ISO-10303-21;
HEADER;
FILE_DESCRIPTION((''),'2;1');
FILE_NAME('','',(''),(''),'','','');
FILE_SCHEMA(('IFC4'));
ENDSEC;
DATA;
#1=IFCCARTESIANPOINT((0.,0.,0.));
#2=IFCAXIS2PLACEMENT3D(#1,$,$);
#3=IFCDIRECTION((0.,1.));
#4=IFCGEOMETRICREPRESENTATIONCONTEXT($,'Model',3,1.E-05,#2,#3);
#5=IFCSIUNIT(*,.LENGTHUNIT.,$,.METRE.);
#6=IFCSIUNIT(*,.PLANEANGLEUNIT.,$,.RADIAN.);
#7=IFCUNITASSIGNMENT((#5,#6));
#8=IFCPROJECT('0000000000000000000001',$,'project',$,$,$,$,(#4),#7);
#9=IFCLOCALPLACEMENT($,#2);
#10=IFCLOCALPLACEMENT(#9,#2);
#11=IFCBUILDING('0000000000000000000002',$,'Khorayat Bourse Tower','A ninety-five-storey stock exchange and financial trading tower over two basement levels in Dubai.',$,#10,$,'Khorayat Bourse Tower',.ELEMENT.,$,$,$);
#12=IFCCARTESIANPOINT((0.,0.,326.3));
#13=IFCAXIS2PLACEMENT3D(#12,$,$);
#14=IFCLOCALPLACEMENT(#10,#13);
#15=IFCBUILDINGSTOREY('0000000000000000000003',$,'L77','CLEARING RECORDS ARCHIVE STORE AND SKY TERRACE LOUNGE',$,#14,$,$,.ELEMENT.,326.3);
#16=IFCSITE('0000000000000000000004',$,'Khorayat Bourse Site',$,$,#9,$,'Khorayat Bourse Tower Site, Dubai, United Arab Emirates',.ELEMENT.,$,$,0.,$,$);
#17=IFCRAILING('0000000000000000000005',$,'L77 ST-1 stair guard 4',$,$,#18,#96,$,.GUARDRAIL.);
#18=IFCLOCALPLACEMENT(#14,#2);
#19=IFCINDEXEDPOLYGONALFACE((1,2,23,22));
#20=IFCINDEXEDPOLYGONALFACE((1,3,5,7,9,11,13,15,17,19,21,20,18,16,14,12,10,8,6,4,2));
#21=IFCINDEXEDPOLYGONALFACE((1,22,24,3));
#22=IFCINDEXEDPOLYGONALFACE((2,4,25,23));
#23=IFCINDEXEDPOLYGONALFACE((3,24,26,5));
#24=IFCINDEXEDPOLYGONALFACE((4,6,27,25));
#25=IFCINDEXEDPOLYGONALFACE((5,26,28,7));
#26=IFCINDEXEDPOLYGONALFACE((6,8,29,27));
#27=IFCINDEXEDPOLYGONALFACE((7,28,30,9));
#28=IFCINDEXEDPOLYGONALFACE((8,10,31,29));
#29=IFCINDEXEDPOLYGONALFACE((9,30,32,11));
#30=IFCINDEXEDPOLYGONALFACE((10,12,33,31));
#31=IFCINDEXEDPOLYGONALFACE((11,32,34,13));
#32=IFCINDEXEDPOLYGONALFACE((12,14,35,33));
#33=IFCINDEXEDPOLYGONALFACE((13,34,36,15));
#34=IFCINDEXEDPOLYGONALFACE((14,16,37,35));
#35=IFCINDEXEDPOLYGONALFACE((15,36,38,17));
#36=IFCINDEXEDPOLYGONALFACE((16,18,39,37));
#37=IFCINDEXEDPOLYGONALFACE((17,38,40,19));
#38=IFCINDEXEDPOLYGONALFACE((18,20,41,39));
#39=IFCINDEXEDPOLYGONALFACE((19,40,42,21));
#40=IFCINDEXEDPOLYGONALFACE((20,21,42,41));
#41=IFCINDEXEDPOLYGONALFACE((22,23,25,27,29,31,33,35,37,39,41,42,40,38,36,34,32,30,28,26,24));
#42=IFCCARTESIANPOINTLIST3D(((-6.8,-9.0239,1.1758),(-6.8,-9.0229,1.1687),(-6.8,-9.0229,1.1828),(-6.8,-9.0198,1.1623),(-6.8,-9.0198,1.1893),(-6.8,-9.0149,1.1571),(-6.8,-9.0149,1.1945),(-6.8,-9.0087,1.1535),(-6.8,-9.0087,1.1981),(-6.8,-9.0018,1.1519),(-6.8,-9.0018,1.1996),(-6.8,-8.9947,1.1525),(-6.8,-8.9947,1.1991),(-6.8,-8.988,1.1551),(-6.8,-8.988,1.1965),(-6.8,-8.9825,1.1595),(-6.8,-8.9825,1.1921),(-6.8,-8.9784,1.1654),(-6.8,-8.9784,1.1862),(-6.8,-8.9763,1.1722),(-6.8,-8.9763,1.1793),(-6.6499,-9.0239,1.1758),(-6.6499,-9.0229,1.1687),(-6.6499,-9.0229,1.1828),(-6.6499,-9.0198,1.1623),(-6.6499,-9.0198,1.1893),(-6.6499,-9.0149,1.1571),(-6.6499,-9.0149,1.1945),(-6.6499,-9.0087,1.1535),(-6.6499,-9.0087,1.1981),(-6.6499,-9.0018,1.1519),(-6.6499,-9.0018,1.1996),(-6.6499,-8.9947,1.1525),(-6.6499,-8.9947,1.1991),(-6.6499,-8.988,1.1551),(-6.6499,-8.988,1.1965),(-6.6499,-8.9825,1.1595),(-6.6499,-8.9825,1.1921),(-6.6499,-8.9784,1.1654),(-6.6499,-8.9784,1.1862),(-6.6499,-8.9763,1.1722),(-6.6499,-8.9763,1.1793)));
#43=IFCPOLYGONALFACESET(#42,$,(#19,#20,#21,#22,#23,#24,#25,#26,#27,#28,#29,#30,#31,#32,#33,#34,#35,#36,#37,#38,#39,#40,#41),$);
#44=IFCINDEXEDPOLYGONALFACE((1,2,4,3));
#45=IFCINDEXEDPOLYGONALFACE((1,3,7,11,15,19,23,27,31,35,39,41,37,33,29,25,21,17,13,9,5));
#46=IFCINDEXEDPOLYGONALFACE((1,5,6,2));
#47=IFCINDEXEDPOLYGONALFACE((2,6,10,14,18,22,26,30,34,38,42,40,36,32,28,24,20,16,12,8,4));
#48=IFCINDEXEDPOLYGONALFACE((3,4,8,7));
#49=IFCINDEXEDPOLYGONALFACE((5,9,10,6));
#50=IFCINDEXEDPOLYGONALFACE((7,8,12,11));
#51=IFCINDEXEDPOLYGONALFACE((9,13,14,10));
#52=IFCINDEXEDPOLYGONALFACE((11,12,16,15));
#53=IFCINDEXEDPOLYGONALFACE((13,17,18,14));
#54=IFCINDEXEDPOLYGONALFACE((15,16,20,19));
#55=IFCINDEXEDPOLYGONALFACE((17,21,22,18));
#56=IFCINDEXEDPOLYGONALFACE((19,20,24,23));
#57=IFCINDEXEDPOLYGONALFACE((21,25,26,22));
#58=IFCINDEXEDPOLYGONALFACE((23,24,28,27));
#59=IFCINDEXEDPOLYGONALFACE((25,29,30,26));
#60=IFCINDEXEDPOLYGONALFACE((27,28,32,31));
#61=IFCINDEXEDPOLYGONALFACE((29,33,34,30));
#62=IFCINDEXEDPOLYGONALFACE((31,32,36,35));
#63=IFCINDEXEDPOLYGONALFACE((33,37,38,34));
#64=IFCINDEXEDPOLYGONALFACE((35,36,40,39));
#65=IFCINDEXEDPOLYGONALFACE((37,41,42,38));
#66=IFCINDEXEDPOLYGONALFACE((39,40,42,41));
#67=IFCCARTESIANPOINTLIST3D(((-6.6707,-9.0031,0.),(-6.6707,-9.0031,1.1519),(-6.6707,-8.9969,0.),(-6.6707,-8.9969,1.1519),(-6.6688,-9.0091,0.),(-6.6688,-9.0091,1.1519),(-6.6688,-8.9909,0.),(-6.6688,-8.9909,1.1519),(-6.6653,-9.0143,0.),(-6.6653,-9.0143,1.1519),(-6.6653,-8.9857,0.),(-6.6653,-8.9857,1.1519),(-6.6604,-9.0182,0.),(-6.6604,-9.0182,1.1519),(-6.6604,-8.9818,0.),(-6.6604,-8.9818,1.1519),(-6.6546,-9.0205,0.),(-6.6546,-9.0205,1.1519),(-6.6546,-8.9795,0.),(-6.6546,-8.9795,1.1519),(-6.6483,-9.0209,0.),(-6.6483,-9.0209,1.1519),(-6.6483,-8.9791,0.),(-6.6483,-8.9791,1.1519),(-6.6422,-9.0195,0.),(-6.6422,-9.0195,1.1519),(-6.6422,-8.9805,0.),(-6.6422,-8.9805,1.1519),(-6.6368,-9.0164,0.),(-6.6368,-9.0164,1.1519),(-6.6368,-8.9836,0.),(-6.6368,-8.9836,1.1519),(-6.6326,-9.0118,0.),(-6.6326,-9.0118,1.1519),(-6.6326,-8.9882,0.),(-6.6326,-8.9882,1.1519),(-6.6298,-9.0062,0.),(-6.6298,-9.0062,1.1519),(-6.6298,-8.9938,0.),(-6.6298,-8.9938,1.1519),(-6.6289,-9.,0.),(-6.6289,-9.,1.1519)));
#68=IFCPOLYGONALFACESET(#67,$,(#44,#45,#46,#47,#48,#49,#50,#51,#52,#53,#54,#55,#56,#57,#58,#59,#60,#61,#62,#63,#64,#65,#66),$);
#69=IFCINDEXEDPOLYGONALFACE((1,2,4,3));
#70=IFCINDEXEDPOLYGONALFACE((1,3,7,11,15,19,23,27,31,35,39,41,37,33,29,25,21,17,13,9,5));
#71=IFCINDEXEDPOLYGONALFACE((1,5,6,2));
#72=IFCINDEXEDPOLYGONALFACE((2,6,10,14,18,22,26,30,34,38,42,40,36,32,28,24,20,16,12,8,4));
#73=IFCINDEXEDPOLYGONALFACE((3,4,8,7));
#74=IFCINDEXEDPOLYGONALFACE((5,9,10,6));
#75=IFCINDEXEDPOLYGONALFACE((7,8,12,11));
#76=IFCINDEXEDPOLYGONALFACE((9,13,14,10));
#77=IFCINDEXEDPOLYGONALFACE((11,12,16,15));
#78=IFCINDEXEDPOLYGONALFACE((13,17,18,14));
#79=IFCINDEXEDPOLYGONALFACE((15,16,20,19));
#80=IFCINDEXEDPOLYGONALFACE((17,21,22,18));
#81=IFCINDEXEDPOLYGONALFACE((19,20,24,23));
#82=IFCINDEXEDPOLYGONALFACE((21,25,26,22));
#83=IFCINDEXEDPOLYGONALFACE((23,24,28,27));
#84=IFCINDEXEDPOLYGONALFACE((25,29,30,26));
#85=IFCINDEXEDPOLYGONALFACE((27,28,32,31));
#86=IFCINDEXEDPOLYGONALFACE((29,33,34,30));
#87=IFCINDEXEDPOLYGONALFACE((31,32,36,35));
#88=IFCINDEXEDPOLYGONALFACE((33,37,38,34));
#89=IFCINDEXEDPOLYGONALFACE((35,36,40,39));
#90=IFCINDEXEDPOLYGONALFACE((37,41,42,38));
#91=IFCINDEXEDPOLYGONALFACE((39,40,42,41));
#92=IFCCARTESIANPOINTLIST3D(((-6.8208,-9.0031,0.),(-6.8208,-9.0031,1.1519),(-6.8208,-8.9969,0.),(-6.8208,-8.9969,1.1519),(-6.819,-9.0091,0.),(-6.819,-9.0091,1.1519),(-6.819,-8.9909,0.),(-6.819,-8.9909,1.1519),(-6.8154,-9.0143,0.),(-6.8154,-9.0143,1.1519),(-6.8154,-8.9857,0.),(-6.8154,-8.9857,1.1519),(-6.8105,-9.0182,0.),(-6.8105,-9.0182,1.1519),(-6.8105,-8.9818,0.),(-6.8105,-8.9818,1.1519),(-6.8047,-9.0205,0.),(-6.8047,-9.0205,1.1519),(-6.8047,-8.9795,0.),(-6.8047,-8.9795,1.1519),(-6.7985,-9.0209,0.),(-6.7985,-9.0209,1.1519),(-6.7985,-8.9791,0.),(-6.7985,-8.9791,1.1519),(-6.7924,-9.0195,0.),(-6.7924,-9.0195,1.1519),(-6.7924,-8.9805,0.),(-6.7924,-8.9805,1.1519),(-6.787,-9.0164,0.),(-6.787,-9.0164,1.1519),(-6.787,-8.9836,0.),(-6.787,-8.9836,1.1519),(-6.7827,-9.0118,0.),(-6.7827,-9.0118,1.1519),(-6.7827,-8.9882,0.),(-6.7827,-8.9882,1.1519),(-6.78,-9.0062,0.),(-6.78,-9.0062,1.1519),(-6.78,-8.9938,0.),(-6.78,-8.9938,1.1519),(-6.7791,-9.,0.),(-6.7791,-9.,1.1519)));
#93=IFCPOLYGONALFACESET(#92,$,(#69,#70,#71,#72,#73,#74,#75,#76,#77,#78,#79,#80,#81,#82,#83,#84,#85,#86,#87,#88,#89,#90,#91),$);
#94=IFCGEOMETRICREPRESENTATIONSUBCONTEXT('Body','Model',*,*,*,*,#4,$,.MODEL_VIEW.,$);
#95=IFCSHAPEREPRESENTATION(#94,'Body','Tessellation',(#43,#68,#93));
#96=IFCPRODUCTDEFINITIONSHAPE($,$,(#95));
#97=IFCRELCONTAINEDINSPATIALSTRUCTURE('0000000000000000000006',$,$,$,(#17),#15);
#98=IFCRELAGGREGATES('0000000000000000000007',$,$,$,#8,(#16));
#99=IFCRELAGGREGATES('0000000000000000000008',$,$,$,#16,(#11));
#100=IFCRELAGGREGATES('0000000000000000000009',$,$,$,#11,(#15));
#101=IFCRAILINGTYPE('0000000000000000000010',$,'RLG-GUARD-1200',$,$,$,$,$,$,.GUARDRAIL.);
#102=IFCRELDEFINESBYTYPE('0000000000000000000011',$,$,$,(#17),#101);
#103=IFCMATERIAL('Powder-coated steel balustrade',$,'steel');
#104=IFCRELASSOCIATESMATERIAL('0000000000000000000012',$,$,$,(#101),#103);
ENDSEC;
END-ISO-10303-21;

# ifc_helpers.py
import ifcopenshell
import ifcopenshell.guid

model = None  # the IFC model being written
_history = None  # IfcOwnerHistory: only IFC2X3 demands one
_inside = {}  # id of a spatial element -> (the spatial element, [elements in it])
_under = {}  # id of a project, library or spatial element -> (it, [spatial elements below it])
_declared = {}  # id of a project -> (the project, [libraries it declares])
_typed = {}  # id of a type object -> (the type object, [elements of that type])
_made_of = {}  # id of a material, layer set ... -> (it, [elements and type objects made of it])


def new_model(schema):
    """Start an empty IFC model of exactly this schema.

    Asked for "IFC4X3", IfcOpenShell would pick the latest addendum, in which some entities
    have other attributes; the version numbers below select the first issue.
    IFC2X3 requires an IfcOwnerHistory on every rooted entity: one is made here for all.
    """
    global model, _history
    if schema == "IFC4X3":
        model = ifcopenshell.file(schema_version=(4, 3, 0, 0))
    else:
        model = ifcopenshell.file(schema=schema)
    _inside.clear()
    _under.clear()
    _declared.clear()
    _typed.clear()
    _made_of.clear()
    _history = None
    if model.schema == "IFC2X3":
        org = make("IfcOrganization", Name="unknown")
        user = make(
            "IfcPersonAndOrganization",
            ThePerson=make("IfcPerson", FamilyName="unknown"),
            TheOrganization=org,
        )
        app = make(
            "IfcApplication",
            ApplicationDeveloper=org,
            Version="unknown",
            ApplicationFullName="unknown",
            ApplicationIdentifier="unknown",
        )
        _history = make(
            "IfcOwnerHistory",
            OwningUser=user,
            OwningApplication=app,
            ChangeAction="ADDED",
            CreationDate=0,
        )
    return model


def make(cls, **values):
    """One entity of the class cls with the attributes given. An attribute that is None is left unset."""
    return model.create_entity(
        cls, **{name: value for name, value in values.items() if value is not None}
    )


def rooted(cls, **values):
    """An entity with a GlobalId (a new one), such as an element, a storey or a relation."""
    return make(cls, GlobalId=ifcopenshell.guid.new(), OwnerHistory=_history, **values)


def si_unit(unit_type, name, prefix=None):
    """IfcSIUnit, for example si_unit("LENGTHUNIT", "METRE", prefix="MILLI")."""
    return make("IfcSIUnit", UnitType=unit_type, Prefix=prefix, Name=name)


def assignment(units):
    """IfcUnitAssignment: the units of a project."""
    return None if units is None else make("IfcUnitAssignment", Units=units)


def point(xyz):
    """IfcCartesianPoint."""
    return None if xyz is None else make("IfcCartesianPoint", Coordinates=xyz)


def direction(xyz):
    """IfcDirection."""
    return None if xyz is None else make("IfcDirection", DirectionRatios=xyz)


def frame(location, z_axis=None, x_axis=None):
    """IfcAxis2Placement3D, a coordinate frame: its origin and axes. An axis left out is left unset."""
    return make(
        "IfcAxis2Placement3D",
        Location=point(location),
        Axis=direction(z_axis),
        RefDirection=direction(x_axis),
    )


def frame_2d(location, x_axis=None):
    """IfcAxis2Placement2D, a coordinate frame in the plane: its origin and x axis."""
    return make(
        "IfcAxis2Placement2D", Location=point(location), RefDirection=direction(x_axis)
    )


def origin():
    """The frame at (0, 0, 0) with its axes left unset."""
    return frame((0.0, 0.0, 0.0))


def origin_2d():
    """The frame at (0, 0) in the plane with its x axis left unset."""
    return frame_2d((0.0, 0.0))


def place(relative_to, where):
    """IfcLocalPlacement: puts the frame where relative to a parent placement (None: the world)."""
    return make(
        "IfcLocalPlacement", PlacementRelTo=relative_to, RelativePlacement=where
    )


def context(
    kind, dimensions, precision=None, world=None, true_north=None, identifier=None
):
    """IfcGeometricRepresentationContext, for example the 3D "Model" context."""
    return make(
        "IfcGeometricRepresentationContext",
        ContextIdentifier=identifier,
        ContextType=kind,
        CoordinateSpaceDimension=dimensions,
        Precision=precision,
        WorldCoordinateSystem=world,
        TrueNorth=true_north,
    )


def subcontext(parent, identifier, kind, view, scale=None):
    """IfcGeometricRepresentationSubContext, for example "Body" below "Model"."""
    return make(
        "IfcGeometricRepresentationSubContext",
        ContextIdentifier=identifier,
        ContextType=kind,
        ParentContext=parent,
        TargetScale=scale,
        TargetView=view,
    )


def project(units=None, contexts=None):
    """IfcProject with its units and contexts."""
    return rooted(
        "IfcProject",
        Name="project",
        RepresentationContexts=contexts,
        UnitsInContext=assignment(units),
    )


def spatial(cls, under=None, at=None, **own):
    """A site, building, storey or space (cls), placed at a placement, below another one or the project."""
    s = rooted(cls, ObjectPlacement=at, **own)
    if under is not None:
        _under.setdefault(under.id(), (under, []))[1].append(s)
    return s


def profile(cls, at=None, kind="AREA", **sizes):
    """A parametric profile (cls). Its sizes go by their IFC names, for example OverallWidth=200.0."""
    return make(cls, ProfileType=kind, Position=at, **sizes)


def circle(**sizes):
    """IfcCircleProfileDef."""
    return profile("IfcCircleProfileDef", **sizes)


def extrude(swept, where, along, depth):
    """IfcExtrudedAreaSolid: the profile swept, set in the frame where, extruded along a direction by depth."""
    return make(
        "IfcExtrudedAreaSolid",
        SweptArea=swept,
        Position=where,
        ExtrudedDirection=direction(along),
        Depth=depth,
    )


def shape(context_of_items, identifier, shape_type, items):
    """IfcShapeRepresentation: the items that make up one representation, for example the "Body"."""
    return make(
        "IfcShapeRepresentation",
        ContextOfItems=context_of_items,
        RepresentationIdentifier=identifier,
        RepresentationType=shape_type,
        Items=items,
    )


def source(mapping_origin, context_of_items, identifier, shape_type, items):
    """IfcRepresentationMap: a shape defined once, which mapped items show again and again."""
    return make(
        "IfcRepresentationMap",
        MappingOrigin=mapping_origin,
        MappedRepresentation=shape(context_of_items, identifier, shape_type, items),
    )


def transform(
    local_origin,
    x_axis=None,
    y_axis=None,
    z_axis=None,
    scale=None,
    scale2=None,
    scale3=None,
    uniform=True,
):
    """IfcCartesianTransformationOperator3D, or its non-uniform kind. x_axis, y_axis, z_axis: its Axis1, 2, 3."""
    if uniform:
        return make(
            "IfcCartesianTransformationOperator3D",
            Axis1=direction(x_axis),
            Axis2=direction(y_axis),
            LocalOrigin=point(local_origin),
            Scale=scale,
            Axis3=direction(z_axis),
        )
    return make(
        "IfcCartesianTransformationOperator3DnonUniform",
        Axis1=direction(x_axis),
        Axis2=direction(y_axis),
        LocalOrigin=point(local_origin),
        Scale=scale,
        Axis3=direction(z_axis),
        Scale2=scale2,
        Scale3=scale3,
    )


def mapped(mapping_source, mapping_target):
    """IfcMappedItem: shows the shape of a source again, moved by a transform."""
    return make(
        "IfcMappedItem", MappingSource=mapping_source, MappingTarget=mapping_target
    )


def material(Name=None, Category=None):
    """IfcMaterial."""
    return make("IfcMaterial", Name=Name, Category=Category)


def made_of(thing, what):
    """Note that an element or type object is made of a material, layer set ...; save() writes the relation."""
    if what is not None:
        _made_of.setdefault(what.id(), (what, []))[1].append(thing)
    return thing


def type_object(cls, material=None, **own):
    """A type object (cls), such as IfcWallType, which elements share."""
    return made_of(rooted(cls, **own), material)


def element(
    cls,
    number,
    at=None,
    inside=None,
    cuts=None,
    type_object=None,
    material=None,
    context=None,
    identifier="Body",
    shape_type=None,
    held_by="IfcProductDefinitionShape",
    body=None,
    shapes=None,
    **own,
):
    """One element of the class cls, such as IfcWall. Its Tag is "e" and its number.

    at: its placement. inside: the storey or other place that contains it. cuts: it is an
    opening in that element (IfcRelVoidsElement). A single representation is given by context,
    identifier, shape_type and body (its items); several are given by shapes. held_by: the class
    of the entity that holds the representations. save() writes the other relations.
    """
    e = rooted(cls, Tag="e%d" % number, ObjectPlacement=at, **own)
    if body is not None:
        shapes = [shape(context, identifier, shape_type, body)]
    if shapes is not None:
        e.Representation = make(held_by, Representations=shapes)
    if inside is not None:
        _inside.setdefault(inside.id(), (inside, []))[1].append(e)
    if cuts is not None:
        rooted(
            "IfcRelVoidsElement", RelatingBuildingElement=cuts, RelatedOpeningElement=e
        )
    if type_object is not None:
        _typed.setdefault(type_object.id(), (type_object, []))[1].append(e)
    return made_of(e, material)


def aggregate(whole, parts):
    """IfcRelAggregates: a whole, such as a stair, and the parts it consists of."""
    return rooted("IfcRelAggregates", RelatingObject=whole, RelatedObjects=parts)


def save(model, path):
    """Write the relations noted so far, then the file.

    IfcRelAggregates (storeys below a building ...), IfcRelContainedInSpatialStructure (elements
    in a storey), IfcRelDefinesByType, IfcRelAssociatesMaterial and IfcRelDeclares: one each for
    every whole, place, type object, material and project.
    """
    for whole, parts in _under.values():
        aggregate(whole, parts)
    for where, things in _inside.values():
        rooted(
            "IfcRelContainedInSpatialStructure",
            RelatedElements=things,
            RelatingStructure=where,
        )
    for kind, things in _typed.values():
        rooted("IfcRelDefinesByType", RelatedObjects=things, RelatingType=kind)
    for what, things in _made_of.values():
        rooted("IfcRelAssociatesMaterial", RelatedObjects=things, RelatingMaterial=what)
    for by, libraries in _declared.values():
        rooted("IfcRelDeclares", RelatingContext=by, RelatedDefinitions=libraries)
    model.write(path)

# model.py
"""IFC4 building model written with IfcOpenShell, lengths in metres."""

from ifc_helpers import new_model, si_unit, direction, frame, origin, origin_2d, place, context, subcontext, project, spatial, circle, extrude, source, transform, mapped, material, type_object, element, save


model = new_model("IFC4")

# Units and contexts
model_context = context("Model", 3, precision=1e-05, world=origin(), true_north=direction((0.0, 1.0)))
body_context = subcontext(model_context, "Body", "Model", "MODEL_VIEW")
ifc_project = project(units=[si_unit("LENGTHUNIT", "METRE"), si_unit("PLANEANGLEUNIT", "RADIAN")], contexts=[model_context])

# Site, building, storey
site_placement = place(None, origin())
site = spatial("IfcSite", under=ifc_project, at=site_placement, Name="Khorayat Bourse Site", LongName="Khorayat Bourse Tower Site, Dubai, United Arab Emirates", CompositionType="ELEMENT", RefElevation=0.0)
building_placement = place(site_placement, origin())
building = spatial("IfcBuilding", under=site, at=building_placement, Name="Khorayat Bourse Tower", Description="A ninety-five-storey stock exchange and financial trading tower over two basement levels in Dubai.", LongName="Khorayat Bourse Tower", CompositionType="ELEMENT")
storey_placement = place(building_placement, frame((0.0, 0.0, 326.3)))
storey = spatial("IfcBuildingStorey", under=building, at=storey_placement, Name="L77", Description="CLEARING RECORDS ARCHIVE STORE AND SKY TERRACE LOUNGE", CompositionType="ELEMENT", Elevation=326.3)

# Railing
ifc_material_1 = material(Name="Powder-coated steel balustrade", Category="steel")
railing_type_1 = type_object("IfcRailingType", Name="RLG-GUARD-1200", PredefinedType="GUARDRAIL", material=ifc_material_1)
shared_shape_1 = source(origin(), body_context, "Body", "SweptSolid", [
    extrude(circle(Radius=0.0239, at=origin_2d()), frame((0.0, 0.0, 1.1758), z_axis=(-1.0, 0.0, 0.0), x_axis=(0.0, -1.0, 0.0)), (0.0, 0.0, 1.0), 0.1501),
    extrude(circle(Radius=0.021, at=origin_2d()), origin(), (0.0, 0.0, 1.0), 1.1519),
    extrude(circle(Radius=0.021, at=origin_2d()), frame((-0.1501, 0.0, 0.0)), (0.0, 0.0, 1.0), 1.1519),
])
for number, where, name in (
    (1, (-6.6499, -9.0, 0.0), "L77 ST-1 stair guard 4"),
):
    element("IfcRailing", number, at=place(storey_placement, frame(where)), inside=storey, type_object=railing_type_1, Name=name, PredefinedType="GUARDRAIL", context=body_context, shape_type="MappedRepresentation", body=[
        mapped(shared_shape_1, transform((0.0, 0.0, 0.0), scale=1.0)),
    ])

save(model, "model.ifc")
